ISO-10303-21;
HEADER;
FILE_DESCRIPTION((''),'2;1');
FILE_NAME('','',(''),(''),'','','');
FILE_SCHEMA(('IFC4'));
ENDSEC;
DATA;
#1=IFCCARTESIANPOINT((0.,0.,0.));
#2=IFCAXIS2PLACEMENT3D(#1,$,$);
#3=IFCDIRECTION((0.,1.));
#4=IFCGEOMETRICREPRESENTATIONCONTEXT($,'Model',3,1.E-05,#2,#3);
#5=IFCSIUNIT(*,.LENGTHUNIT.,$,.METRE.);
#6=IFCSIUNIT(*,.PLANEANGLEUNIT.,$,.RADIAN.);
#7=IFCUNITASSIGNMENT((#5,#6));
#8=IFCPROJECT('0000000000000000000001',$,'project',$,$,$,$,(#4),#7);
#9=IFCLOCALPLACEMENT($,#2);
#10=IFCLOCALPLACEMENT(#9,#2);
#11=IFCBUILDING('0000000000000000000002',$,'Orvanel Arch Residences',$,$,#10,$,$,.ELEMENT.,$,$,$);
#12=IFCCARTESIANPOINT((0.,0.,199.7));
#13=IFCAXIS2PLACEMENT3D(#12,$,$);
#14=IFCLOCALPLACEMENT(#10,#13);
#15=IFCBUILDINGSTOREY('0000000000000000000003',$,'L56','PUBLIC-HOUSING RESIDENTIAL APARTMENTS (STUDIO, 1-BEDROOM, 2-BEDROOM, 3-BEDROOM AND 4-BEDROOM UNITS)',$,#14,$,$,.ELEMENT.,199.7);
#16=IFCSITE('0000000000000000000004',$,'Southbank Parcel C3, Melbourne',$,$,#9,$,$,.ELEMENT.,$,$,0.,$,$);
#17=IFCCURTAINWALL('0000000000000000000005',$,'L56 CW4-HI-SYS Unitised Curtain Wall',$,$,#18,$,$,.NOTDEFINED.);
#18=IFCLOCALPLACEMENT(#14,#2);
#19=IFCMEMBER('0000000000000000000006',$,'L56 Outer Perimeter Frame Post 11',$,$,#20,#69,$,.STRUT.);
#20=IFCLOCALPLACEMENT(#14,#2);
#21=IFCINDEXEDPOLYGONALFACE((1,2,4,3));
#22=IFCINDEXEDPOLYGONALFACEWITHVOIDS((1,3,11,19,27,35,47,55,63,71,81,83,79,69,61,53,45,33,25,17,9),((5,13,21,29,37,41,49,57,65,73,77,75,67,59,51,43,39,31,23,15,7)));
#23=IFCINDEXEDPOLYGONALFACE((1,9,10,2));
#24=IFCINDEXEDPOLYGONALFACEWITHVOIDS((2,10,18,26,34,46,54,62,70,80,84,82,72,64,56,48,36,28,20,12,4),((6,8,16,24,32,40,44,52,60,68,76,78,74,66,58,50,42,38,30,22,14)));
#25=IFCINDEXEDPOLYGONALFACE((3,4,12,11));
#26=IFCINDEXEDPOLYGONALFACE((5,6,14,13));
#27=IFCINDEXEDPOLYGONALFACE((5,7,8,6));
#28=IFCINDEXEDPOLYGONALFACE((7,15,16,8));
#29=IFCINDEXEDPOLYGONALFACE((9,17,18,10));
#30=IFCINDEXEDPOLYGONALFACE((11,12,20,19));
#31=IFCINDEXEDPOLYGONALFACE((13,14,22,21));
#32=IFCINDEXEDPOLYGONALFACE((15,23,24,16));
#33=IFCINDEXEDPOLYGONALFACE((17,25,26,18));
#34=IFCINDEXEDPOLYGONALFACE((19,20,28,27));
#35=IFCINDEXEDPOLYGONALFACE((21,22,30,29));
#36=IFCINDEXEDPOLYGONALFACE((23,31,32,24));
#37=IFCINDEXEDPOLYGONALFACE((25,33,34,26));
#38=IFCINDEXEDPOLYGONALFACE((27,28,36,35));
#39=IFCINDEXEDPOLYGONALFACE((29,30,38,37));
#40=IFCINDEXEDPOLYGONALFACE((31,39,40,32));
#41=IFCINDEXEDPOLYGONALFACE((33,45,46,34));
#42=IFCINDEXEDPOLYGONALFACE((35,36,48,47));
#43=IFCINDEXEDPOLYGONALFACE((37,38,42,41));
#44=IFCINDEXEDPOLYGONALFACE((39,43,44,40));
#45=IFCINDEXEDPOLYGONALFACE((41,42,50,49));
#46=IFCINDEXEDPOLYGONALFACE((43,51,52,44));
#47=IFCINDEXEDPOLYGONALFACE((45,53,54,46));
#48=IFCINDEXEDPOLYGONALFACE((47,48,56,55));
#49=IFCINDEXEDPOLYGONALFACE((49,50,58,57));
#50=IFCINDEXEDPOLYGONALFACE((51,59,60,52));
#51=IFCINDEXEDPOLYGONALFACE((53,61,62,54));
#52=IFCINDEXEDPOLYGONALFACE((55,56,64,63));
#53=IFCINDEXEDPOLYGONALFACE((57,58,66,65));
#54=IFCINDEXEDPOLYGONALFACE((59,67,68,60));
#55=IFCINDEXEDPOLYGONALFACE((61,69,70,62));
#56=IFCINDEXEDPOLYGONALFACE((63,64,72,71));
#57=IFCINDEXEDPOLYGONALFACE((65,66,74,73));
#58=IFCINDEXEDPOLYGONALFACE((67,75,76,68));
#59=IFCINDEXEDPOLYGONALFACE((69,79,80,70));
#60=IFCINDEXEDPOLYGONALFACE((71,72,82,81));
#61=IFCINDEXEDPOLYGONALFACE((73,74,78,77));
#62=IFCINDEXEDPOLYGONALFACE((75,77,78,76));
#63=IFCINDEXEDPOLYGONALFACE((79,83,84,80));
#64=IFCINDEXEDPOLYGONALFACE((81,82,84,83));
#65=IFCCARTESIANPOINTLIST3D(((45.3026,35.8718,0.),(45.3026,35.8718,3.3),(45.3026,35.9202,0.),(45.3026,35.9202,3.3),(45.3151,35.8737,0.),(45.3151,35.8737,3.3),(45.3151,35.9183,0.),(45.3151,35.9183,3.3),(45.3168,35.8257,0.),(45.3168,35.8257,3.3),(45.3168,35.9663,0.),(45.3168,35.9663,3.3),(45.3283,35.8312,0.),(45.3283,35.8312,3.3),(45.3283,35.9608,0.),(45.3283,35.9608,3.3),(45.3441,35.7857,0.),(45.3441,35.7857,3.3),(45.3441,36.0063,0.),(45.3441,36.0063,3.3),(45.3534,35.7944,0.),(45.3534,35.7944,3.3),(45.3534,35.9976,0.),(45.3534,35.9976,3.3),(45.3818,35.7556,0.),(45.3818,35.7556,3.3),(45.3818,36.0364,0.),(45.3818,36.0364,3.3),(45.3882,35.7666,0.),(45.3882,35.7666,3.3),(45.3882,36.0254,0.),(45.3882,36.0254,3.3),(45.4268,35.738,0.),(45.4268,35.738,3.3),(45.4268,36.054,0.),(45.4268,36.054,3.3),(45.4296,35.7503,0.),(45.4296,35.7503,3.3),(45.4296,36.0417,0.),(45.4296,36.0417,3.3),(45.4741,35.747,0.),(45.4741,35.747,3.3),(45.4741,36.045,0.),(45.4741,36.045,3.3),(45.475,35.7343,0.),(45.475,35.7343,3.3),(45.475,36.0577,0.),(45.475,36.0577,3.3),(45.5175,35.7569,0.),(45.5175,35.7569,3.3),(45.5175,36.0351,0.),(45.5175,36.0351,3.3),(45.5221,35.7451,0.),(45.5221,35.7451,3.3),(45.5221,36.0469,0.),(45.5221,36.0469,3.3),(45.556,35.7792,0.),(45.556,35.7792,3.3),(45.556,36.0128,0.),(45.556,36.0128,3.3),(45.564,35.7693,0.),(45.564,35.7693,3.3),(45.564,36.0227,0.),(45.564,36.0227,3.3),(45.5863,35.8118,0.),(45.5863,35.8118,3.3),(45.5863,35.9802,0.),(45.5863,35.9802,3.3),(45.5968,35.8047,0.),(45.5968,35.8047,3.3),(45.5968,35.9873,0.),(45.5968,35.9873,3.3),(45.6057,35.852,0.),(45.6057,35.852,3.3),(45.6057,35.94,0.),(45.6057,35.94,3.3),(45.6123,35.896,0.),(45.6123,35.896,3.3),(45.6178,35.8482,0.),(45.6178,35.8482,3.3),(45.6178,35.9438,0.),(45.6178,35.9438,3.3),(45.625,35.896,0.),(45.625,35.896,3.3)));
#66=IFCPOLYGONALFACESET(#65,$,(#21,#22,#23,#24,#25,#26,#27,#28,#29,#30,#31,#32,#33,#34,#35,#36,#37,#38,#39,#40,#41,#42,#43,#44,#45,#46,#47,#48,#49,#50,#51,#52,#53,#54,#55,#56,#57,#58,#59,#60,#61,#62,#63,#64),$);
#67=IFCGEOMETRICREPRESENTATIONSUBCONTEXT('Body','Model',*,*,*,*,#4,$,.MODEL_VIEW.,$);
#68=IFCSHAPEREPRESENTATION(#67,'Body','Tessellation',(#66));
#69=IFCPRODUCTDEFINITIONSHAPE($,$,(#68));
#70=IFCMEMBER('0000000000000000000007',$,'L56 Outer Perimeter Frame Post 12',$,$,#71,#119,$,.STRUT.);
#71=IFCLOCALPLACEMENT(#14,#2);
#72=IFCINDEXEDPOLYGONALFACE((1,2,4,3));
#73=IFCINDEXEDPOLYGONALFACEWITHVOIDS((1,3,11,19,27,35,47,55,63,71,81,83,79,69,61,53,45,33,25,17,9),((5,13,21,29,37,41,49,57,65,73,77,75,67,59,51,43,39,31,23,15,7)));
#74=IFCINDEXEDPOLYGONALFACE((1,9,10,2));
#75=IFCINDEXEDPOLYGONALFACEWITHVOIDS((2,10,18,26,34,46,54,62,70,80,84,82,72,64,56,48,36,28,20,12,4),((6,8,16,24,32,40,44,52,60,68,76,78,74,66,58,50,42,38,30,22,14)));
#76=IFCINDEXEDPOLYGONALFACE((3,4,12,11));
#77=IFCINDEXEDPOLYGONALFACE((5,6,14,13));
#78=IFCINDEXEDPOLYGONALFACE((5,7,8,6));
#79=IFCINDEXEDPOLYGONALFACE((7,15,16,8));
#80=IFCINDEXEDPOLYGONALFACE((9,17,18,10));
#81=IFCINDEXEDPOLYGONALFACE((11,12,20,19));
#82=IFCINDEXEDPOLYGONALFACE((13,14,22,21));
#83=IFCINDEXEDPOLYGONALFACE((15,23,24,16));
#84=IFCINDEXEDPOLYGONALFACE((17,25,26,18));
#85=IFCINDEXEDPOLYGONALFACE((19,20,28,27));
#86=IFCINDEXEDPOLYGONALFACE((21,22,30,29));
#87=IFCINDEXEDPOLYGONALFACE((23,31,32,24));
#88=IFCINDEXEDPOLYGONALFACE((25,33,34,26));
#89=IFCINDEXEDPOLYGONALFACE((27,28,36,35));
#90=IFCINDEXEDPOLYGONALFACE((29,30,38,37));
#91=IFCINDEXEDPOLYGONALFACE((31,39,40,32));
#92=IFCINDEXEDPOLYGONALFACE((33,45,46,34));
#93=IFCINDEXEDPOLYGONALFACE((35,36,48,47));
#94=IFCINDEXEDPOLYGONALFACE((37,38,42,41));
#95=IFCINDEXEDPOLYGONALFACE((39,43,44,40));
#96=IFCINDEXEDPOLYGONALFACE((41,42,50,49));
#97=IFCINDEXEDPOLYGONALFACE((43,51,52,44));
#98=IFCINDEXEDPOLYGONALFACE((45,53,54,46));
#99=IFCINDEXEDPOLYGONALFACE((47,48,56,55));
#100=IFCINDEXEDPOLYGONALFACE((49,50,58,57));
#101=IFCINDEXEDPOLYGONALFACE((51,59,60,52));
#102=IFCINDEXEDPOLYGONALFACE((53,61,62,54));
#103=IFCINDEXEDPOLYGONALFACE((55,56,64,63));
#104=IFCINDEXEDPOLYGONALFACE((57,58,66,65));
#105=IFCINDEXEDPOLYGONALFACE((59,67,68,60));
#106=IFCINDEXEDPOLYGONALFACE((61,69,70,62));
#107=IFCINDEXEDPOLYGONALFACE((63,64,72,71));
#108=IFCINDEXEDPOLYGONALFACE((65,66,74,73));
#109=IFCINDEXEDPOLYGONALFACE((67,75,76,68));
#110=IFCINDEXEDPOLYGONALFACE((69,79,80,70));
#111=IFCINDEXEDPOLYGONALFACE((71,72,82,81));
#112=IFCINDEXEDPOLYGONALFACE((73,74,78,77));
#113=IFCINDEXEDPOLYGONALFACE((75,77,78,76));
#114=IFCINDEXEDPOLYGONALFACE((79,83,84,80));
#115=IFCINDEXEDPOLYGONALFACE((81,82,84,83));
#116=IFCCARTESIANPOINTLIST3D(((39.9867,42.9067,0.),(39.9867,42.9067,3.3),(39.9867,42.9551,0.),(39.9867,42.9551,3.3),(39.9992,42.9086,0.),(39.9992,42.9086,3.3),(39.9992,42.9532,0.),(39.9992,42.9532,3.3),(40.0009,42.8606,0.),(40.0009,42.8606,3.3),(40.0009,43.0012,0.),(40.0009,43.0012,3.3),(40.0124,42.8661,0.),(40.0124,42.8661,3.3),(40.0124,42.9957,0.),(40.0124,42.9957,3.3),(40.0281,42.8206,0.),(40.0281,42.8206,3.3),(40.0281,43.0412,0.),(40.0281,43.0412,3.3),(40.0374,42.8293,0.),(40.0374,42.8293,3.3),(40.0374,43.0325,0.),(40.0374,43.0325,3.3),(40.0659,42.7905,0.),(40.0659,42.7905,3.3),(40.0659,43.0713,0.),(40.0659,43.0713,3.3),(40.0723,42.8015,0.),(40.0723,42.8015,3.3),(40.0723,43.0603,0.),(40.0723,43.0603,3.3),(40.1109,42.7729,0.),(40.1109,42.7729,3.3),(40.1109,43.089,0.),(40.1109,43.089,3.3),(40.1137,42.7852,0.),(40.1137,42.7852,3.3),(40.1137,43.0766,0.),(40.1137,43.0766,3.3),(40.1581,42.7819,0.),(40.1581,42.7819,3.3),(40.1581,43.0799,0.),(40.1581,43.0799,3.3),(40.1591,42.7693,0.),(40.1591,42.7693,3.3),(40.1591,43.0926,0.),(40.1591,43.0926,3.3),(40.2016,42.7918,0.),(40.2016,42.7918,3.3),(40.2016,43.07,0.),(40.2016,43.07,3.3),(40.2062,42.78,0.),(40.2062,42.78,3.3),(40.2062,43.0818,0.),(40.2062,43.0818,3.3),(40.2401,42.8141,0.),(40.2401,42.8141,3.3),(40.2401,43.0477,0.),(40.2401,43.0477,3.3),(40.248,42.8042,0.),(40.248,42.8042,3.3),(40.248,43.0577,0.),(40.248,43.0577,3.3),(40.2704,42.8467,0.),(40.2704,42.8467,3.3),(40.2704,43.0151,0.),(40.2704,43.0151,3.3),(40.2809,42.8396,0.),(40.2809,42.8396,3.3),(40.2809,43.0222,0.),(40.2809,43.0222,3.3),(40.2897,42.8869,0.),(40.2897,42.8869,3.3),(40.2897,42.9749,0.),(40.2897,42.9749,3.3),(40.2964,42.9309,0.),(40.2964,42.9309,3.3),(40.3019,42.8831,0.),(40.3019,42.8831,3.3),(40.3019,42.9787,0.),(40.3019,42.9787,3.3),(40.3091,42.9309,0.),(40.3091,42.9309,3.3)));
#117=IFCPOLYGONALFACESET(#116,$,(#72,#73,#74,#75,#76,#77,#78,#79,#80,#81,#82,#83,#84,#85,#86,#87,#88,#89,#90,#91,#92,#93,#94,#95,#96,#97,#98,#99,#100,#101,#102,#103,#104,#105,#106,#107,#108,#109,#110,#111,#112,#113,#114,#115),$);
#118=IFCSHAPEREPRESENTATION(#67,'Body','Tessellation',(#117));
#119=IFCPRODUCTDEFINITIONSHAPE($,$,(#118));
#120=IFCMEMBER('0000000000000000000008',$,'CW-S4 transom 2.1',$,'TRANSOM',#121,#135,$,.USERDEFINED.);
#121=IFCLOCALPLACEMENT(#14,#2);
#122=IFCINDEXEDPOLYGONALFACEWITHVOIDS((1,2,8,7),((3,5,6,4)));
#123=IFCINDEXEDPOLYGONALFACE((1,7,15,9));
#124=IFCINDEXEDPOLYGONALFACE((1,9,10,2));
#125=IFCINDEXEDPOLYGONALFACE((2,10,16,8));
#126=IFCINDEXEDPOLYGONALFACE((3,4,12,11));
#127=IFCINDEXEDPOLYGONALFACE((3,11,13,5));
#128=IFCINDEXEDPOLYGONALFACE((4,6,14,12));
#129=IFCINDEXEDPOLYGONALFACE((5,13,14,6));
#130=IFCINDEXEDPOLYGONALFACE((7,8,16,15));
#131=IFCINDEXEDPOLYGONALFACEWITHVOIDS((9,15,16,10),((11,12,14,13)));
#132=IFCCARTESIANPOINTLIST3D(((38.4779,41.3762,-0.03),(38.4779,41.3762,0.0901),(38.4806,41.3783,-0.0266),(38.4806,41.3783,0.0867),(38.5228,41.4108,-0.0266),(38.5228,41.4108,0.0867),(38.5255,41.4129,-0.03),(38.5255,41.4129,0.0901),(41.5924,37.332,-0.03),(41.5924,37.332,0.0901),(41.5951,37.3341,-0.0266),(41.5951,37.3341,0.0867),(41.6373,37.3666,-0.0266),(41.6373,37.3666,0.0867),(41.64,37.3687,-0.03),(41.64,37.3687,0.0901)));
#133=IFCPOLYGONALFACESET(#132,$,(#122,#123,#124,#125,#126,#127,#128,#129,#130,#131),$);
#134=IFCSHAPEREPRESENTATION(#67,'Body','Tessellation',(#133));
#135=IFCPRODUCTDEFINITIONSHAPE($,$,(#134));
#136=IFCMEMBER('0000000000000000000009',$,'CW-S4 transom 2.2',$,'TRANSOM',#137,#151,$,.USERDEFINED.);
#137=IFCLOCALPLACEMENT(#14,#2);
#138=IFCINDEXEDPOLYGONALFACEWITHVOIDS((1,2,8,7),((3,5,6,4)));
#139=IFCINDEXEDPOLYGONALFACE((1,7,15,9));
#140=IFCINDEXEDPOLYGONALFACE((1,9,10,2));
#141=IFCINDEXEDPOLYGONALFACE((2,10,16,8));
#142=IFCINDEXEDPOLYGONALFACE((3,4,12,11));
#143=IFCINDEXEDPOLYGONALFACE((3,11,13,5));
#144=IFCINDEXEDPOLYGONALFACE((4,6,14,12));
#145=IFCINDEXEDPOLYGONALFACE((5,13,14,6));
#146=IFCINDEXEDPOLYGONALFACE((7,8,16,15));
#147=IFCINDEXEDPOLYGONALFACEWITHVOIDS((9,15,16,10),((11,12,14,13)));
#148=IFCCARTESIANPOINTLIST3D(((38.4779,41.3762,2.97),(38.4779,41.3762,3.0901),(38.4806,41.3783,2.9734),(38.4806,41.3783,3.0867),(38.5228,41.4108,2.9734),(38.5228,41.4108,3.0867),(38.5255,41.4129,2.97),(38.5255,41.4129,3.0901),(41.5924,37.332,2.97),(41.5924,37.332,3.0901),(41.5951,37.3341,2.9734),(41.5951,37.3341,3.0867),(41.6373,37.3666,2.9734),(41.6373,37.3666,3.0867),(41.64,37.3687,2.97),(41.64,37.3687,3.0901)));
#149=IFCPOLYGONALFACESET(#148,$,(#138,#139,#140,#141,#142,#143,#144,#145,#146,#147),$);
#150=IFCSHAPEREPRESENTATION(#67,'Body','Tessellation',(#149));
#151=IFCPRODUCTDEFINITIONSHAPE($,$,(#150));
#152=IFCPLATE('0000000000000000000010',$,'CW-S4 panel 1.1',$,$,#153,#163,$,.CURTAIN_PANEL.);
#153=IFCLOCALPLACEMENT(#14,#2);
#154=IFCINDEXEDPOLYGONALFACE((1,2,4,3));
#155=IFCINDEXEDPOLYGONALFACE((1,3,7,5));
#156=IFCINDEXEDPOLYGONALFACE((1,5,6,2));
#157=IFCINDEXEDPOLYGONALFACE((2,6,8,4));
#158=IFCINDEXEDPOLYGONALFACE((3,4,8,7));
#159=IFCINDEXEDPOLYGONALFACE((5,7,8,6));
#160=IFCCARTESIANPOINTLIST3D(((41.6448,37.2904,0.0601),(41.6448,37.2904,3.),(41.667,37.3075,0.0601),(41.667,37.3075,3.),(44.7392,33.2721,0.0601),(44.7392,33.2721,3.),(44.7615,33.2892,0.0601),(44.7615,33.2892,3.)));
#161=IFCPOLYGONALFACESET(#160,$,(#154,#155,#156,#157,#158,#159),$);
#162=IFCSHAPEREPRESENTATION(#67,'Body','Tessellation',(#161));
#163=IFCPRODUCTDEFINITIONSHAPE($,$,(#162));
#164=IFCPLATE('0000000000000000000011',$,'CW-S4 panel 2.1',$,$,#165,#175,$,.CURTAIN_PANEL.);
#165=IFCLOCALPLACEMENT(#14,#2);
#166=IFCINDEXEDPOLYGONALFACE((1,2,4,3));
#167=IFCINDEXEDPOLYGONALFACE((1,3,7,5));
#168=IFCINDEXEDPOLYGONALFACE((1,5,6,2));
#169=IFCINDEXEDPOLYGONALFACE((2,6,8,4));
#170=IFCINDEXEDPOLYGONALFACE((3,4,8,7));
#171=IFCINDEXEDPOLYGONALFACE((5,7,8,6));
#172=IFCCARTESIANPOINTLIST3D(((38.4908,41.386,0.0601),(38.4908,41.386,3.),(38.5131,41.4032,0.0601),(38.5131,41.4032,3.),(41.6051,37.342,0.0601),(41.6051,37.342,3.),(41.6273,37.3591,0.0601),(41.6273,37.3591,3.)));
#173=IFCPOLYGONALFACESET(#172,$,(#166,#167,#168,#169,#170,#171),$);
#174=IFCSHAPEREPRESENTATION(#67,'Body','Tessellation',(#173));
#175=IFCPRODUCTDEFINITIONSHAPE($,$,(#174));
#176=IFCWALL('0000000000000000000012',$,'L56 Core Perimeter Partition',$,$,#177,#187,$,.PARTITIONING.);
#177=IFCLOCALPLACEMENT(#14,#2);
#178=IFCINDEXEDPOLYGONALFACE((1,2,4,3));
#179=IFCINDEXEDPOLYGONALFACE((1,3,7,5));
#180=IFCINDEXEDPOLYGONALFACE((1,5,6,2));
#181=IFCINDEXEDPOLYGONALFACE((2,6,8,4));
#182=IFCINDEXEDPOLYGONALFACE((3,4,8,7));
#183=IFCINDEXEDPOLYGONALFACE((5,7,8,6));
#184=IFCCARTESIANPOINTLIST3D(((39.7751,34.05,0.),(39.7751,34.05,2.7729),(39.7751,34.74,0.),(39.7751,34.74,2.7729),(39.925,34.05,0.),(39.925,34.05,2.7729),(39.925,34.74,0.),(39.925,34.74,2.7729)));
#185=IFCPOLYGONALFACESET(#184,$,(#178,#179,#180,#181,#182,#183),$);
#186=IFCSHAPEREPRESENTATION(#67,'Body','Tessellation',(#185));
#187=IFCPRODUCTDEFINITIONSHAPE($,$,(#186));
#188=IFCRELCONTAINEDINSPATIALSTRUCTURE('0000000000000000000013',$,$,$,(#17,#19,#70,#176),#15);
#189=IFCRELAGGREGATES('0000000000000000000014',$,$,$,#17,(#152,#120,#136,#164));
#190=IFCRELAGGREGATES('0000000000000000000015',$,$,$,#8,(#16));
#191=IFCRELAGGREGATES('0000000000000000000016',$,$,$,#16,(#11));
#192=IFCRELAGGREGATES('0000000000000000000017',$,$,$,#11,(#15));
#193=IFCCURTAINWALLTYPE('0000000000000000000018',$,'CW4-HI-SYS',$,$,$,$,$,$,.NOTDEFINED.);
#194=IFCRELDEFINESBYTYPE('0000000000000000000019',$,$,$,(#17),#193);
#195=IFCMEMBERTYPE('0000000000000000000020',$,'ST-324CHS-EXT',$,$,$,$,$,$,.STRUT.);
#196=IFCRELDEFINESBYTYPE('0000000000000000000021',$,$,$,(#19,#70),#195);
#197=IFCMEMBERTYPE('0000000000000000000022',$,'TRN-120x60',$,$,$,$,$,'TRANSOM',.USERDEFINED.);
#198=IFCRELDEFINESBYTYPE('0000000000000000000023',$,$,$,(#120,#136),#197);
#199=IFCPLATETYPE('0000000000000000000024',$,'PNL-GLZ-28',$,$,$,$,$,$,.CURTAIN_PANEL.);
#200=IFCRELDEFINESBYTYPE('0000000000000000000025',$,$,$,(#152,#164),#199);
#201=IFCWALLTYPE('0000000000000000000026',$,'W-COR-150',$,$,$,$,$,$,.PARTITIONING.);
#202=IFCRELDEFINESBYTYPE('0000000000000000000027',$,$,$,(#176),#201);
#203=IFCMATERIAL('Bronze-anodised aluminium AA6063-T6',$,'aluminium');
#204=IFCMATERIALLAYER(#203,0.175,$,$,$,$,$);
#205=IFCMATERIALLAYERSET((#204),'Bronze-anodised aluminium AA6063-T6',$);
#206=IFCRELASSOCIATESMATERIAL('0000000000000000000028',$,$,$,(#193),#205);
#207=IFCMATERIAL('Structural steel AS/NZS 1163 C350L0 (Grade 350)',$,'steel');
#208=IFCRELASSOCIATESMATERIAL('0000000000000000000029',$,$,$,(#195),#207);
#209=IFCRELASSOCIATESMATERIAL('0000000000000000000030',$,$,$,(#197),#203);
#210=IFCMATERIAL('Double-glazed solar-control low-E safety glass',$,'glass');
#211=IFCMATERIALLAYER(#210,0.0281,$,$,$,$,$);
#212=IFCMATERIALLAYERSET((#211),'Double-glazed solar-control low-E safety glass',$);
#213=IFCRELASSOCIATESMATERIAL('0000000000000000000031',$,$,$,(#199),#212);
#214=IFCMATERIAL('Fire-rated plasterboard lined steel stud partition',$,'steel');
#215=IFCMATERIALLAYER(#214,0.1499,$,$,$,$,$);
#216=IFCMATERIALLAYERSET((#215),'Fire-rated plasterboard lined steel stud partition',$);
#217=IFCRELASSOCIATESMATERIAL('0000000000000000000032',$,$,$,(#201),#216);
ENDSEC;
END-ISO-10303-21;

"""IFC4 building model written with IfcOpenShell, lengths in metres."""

from ifc_helpers import new_model, si_unit, direction, frame, frame_2d, origin, origin_2d, place, context, subcontext, project, spatial, rectangle, hollow_rectangle, hollow_circle, extrude, material, layer, layer_set, material_profile, profile_set, type_object, element, aggregate, save


model = new_model("IFC4")

# Units and contexts
model_context = context("Model", 3, precision=1e-05, world=origin(), true_north=direction((0.0, 1.0)))
body_context = subcontext(model_context, "Body", "Model", "MODEL_VIEW")
ifc_project = project(units=[si_unit("LENGTHUNIT", "METRE"), si_unit("PLANEANGLEUNIT", "RADIAN")], contexts=[model_context])

# Site, building, storey
site_placement = place(None, origin())
site = spatial("IfcSite", under=ifc_project, at=site_placement, Name="Southbank Parcel C3, Melbourne", CompositionType="ELEMENT", RefElevation=0.0)
building_placement = place(site_placement, origin())
building = spatial("IfcBuilding", under=site, at=building_placement, Name="Orvanel Arch Residences", CompositionType="ELEMENT")
storey_placement = place(building_placement, frame((0.0, 0.0, 199.7)))
storey = spatial("IfcBuildingStorey", under=building, at=storey_placement, Name="L56", Description="PUBLIC-HOUSING RESIDENTIAL APARTMENTS (STUDIO, 1-BEDROOM, 2-BEDROOM, 3-BEDROOM AND 4-BEDROOM UNITS)", CompositionType="ELEMENT", Elevation=199.7)

# Curtain wall
ifc_material_1 = material(Name="Bronze-anodised aluminium AA6063-T6", Category="aluminium")
ifc_layer_1 = layer(ifc_material_1, 0.175)
ifc_layer_set_1 = layer_set([ifc_layer_1], Name="Bronze-anodised aluminium AA6063-T6")
curtain_wall_type = type_object("IfcCurtainWallType", Name="CW4-HI-SYS", PredefinedType="NOTDEFINED", material=ifc_layer_set_1)
curtain_wall_placement = place(storey_placement, origin())
curtain_wall = element("IfcCurtainWall", 1, at=curtain_wall_placement, inside=storey, type_object=curtain_wall_type, Name="L56 CW4-HI-SYS Unitised Curtain Wall", PredefinedType="NOTDEFINED")

# Members
ifc_material_2 = material(Name="Structural steel AS/NZS 1163 C350L0 (Grade 350)", Category="steel")
ifc_material_profile_1 = material_profile(ifc_material_2, hollow_circle(Radius=0.1621, WallThickness=0.0127, at=origin_2d()), Name="CHS324x12.7")
ifc_profile_set_1 = profile_set([ifc_material_profile_1], Name="Structural steel AS/NZS 1163 C350L0 (Grade 350)")
member_type_1 = type_object("IfcMemberType", Name="ST-324CHS-EXT", PredefinedType="STRUT", material=ifc_profile_set_1)
for number, where, z_axis, x_axis, name in (
    (2, (45.4629, 35.896, 0.0), (0.0, 0.0, 1.0), (1.0, 0.0, 0.0), "L56 Outer Perimeter Frame Post 11"),
    (3, (40.147, 42.9309, 0.0), (0.0, 0.0, 1.0), (1.0, 0.0, 0.0), "L56 Outer Perimeter Frame Post 12"),
):
    element("IfcMember", number, at=place(storey_placement, frame(where, z_axis=z_axis, x_axis=x_axis)), inside=storey, type_object=member_type_1, Name=name, PredefinedType="STRUT", context=body_context, shape_type="SweptSolid", body=[
        extrude(hollow_circle(Radius=0.1621, WallThickness=0.0127, at=origin_2d()), origin(), (0.0, 0.0, 1.0), 3.3),
    ])

# Members
ifc_material_profile_2 = material_profile(ifc_material_1, hollow_rectangle(XDim=0.0601, YDim=0.1201, WallThickness=0.0034, at=origin_2d()), Name="ALU120x60x3.5")
ifc_profile_set_2 = profile_set([ifc_material_profile_2], Name="Bronze-anodised aluminium AA6063-T6")
member_type_2 = type_object("IfcMemberType", Name="TRN-120x60", ElementType="TRANSOM", PredefinedType="USERDEFINED", material=ifc_profile_set_2)
member_1_placement = place(storey_placement, frame((41.6162, 37.3503, 0.03), z_axis=(-0.610152, 0.792284, 0.0), x_axis=(-0.792284, -0.610152, 0.0)))
member_1 = element("IfcMember", 4, at=member_1_placement, type_object=member_type_2, Name="CW-S4 transom 2.1", ObjectType="TRANSOM", PredefinedType="USERDEFINED", context=body_context, shape_type="SweptSolid", body=[
    extrude(hollow_rectangle(XDim=0.0601, YDim=0.1201, WallThickness=0.0034, at=origin_2d()), origin(), (0.0, 0.0, 1.0), 5.1045),
])
member_2_placement = place(storey_placement, frame((41.6162, 37.3503, 3.03), z_axis=(-0.610152, 0.792284, 0.0), x_axis=(-0.792284, -0.610152, 0.0)))
member_2 = element("IfcMember", 5, at=member_2_placement, type_object=member_type_2, Name="CW-S4 transom 2.2", ObjectType="TRANSOM", PredefinedType="USERDEFINED", context=body_context, shape_type="SweptSolid", body=[
    extrude(hollow_rectangle(XDim=0.0601, YDim=0.1201, WallThickness=0.0034, at=origin_2d()), origin(), (0.0, 0.0, 1.0), 5.1045),
])

# Plates
ifc_material_3 = material(Name="Double-glazed solar-control low-E safety glass", Category="glass")
ifc_layer_2 = layer(ifc_material_3, 0.0281)
ifc_layer_set_2 = layer_set([ifc_layer_2], Name="Double-glazed solar-control low-E safety glass")
plate_type = type_object("IfcPlateType", Name="PNL-GLZ-28", PredefinedType="CURTAIN_PANEL", material=ifc_layer_set_2)
plate_1_placement = place(storey_placement, frame((43.2031, 35.2898, 0.0601), z_axis=(0.0, 0.0, 1.0), x_axis=(-0.610134, 0.792298, 0.0)))
plate_1 = element("IfcPlate", 6, at=plate_1_placement, type_object=plate_type, Name="CW-S4 panel 1.1", PredefinedType="CURTAIN_PANEL", context=body_context, shape_type="SweptSolid", body=[
    extrude(rectangle(XDim=5.0718, YDim=0.0281, at=origin_2d()), origin(), (0.0, 0.0, 1.0), 2.9399),
])
plate_2_placement = place(storey_placement, frame((40.0591, 39.3726, 0.0601), z_axis=(0.0, 0.0, 1.0), x_axis=(-0.610134, 0.792298, 0.0)))
plate_2 = element("IfcPlate", 7, at=plate_2_placement, type_object=plate_type, Name="CW-S4 panel 2.1", PredefinedType="CURTAIN_PANEL", context=body_context, shape_type="SweptSolid", body=[
    extrude(rectangle(XDim=5.1042, YDim=0.0281, at=origin_2d()), origin(), (0.0, 0.0, 1.0), 2.9399),
])
aggregate(curtain_wall, [plate_1, member_1, member_2, plate_2])

# Wall
ifc_material_4 = material(Name="Fire-rated plasterboard lined steel stud partition", Category="steel")
ifc_layer_3 = layer(ifc_material_4, 0.1499)
ifc_layer_set_3 = layer_set([ifc_layer_3], Name="Fire-rated plasterboard lined steel stud partition")
wall_type_1 = type_object("IfcWallType", Name="W-COR-150", PredefinedType="PARTITIONING", material=ifc_layer_set_3)
wall_1_placement = place(storey_placement, frame((39.8501, 34.74, 0.0), z_axis=(0.0, 0.0, 1.0), x_axis=(0.0, -1.0, 0.0)))
element("IfcWall", 8, at=wall_1_placement, inside=storey, type_object=wall_type_1, Name="L56 Core Perimeter Partition", PredefinedType="PARTITIONING", context=body_context, shape_type="SweptSolid", body=[
    extrude(rectangle(XDim=0.6899, YDim=0.1499, at=frame_2d((0.345, 0.0))), origin(), (0.0, 0.0, 1.0), 2.7729),
])

save(model, "model.ifc")
